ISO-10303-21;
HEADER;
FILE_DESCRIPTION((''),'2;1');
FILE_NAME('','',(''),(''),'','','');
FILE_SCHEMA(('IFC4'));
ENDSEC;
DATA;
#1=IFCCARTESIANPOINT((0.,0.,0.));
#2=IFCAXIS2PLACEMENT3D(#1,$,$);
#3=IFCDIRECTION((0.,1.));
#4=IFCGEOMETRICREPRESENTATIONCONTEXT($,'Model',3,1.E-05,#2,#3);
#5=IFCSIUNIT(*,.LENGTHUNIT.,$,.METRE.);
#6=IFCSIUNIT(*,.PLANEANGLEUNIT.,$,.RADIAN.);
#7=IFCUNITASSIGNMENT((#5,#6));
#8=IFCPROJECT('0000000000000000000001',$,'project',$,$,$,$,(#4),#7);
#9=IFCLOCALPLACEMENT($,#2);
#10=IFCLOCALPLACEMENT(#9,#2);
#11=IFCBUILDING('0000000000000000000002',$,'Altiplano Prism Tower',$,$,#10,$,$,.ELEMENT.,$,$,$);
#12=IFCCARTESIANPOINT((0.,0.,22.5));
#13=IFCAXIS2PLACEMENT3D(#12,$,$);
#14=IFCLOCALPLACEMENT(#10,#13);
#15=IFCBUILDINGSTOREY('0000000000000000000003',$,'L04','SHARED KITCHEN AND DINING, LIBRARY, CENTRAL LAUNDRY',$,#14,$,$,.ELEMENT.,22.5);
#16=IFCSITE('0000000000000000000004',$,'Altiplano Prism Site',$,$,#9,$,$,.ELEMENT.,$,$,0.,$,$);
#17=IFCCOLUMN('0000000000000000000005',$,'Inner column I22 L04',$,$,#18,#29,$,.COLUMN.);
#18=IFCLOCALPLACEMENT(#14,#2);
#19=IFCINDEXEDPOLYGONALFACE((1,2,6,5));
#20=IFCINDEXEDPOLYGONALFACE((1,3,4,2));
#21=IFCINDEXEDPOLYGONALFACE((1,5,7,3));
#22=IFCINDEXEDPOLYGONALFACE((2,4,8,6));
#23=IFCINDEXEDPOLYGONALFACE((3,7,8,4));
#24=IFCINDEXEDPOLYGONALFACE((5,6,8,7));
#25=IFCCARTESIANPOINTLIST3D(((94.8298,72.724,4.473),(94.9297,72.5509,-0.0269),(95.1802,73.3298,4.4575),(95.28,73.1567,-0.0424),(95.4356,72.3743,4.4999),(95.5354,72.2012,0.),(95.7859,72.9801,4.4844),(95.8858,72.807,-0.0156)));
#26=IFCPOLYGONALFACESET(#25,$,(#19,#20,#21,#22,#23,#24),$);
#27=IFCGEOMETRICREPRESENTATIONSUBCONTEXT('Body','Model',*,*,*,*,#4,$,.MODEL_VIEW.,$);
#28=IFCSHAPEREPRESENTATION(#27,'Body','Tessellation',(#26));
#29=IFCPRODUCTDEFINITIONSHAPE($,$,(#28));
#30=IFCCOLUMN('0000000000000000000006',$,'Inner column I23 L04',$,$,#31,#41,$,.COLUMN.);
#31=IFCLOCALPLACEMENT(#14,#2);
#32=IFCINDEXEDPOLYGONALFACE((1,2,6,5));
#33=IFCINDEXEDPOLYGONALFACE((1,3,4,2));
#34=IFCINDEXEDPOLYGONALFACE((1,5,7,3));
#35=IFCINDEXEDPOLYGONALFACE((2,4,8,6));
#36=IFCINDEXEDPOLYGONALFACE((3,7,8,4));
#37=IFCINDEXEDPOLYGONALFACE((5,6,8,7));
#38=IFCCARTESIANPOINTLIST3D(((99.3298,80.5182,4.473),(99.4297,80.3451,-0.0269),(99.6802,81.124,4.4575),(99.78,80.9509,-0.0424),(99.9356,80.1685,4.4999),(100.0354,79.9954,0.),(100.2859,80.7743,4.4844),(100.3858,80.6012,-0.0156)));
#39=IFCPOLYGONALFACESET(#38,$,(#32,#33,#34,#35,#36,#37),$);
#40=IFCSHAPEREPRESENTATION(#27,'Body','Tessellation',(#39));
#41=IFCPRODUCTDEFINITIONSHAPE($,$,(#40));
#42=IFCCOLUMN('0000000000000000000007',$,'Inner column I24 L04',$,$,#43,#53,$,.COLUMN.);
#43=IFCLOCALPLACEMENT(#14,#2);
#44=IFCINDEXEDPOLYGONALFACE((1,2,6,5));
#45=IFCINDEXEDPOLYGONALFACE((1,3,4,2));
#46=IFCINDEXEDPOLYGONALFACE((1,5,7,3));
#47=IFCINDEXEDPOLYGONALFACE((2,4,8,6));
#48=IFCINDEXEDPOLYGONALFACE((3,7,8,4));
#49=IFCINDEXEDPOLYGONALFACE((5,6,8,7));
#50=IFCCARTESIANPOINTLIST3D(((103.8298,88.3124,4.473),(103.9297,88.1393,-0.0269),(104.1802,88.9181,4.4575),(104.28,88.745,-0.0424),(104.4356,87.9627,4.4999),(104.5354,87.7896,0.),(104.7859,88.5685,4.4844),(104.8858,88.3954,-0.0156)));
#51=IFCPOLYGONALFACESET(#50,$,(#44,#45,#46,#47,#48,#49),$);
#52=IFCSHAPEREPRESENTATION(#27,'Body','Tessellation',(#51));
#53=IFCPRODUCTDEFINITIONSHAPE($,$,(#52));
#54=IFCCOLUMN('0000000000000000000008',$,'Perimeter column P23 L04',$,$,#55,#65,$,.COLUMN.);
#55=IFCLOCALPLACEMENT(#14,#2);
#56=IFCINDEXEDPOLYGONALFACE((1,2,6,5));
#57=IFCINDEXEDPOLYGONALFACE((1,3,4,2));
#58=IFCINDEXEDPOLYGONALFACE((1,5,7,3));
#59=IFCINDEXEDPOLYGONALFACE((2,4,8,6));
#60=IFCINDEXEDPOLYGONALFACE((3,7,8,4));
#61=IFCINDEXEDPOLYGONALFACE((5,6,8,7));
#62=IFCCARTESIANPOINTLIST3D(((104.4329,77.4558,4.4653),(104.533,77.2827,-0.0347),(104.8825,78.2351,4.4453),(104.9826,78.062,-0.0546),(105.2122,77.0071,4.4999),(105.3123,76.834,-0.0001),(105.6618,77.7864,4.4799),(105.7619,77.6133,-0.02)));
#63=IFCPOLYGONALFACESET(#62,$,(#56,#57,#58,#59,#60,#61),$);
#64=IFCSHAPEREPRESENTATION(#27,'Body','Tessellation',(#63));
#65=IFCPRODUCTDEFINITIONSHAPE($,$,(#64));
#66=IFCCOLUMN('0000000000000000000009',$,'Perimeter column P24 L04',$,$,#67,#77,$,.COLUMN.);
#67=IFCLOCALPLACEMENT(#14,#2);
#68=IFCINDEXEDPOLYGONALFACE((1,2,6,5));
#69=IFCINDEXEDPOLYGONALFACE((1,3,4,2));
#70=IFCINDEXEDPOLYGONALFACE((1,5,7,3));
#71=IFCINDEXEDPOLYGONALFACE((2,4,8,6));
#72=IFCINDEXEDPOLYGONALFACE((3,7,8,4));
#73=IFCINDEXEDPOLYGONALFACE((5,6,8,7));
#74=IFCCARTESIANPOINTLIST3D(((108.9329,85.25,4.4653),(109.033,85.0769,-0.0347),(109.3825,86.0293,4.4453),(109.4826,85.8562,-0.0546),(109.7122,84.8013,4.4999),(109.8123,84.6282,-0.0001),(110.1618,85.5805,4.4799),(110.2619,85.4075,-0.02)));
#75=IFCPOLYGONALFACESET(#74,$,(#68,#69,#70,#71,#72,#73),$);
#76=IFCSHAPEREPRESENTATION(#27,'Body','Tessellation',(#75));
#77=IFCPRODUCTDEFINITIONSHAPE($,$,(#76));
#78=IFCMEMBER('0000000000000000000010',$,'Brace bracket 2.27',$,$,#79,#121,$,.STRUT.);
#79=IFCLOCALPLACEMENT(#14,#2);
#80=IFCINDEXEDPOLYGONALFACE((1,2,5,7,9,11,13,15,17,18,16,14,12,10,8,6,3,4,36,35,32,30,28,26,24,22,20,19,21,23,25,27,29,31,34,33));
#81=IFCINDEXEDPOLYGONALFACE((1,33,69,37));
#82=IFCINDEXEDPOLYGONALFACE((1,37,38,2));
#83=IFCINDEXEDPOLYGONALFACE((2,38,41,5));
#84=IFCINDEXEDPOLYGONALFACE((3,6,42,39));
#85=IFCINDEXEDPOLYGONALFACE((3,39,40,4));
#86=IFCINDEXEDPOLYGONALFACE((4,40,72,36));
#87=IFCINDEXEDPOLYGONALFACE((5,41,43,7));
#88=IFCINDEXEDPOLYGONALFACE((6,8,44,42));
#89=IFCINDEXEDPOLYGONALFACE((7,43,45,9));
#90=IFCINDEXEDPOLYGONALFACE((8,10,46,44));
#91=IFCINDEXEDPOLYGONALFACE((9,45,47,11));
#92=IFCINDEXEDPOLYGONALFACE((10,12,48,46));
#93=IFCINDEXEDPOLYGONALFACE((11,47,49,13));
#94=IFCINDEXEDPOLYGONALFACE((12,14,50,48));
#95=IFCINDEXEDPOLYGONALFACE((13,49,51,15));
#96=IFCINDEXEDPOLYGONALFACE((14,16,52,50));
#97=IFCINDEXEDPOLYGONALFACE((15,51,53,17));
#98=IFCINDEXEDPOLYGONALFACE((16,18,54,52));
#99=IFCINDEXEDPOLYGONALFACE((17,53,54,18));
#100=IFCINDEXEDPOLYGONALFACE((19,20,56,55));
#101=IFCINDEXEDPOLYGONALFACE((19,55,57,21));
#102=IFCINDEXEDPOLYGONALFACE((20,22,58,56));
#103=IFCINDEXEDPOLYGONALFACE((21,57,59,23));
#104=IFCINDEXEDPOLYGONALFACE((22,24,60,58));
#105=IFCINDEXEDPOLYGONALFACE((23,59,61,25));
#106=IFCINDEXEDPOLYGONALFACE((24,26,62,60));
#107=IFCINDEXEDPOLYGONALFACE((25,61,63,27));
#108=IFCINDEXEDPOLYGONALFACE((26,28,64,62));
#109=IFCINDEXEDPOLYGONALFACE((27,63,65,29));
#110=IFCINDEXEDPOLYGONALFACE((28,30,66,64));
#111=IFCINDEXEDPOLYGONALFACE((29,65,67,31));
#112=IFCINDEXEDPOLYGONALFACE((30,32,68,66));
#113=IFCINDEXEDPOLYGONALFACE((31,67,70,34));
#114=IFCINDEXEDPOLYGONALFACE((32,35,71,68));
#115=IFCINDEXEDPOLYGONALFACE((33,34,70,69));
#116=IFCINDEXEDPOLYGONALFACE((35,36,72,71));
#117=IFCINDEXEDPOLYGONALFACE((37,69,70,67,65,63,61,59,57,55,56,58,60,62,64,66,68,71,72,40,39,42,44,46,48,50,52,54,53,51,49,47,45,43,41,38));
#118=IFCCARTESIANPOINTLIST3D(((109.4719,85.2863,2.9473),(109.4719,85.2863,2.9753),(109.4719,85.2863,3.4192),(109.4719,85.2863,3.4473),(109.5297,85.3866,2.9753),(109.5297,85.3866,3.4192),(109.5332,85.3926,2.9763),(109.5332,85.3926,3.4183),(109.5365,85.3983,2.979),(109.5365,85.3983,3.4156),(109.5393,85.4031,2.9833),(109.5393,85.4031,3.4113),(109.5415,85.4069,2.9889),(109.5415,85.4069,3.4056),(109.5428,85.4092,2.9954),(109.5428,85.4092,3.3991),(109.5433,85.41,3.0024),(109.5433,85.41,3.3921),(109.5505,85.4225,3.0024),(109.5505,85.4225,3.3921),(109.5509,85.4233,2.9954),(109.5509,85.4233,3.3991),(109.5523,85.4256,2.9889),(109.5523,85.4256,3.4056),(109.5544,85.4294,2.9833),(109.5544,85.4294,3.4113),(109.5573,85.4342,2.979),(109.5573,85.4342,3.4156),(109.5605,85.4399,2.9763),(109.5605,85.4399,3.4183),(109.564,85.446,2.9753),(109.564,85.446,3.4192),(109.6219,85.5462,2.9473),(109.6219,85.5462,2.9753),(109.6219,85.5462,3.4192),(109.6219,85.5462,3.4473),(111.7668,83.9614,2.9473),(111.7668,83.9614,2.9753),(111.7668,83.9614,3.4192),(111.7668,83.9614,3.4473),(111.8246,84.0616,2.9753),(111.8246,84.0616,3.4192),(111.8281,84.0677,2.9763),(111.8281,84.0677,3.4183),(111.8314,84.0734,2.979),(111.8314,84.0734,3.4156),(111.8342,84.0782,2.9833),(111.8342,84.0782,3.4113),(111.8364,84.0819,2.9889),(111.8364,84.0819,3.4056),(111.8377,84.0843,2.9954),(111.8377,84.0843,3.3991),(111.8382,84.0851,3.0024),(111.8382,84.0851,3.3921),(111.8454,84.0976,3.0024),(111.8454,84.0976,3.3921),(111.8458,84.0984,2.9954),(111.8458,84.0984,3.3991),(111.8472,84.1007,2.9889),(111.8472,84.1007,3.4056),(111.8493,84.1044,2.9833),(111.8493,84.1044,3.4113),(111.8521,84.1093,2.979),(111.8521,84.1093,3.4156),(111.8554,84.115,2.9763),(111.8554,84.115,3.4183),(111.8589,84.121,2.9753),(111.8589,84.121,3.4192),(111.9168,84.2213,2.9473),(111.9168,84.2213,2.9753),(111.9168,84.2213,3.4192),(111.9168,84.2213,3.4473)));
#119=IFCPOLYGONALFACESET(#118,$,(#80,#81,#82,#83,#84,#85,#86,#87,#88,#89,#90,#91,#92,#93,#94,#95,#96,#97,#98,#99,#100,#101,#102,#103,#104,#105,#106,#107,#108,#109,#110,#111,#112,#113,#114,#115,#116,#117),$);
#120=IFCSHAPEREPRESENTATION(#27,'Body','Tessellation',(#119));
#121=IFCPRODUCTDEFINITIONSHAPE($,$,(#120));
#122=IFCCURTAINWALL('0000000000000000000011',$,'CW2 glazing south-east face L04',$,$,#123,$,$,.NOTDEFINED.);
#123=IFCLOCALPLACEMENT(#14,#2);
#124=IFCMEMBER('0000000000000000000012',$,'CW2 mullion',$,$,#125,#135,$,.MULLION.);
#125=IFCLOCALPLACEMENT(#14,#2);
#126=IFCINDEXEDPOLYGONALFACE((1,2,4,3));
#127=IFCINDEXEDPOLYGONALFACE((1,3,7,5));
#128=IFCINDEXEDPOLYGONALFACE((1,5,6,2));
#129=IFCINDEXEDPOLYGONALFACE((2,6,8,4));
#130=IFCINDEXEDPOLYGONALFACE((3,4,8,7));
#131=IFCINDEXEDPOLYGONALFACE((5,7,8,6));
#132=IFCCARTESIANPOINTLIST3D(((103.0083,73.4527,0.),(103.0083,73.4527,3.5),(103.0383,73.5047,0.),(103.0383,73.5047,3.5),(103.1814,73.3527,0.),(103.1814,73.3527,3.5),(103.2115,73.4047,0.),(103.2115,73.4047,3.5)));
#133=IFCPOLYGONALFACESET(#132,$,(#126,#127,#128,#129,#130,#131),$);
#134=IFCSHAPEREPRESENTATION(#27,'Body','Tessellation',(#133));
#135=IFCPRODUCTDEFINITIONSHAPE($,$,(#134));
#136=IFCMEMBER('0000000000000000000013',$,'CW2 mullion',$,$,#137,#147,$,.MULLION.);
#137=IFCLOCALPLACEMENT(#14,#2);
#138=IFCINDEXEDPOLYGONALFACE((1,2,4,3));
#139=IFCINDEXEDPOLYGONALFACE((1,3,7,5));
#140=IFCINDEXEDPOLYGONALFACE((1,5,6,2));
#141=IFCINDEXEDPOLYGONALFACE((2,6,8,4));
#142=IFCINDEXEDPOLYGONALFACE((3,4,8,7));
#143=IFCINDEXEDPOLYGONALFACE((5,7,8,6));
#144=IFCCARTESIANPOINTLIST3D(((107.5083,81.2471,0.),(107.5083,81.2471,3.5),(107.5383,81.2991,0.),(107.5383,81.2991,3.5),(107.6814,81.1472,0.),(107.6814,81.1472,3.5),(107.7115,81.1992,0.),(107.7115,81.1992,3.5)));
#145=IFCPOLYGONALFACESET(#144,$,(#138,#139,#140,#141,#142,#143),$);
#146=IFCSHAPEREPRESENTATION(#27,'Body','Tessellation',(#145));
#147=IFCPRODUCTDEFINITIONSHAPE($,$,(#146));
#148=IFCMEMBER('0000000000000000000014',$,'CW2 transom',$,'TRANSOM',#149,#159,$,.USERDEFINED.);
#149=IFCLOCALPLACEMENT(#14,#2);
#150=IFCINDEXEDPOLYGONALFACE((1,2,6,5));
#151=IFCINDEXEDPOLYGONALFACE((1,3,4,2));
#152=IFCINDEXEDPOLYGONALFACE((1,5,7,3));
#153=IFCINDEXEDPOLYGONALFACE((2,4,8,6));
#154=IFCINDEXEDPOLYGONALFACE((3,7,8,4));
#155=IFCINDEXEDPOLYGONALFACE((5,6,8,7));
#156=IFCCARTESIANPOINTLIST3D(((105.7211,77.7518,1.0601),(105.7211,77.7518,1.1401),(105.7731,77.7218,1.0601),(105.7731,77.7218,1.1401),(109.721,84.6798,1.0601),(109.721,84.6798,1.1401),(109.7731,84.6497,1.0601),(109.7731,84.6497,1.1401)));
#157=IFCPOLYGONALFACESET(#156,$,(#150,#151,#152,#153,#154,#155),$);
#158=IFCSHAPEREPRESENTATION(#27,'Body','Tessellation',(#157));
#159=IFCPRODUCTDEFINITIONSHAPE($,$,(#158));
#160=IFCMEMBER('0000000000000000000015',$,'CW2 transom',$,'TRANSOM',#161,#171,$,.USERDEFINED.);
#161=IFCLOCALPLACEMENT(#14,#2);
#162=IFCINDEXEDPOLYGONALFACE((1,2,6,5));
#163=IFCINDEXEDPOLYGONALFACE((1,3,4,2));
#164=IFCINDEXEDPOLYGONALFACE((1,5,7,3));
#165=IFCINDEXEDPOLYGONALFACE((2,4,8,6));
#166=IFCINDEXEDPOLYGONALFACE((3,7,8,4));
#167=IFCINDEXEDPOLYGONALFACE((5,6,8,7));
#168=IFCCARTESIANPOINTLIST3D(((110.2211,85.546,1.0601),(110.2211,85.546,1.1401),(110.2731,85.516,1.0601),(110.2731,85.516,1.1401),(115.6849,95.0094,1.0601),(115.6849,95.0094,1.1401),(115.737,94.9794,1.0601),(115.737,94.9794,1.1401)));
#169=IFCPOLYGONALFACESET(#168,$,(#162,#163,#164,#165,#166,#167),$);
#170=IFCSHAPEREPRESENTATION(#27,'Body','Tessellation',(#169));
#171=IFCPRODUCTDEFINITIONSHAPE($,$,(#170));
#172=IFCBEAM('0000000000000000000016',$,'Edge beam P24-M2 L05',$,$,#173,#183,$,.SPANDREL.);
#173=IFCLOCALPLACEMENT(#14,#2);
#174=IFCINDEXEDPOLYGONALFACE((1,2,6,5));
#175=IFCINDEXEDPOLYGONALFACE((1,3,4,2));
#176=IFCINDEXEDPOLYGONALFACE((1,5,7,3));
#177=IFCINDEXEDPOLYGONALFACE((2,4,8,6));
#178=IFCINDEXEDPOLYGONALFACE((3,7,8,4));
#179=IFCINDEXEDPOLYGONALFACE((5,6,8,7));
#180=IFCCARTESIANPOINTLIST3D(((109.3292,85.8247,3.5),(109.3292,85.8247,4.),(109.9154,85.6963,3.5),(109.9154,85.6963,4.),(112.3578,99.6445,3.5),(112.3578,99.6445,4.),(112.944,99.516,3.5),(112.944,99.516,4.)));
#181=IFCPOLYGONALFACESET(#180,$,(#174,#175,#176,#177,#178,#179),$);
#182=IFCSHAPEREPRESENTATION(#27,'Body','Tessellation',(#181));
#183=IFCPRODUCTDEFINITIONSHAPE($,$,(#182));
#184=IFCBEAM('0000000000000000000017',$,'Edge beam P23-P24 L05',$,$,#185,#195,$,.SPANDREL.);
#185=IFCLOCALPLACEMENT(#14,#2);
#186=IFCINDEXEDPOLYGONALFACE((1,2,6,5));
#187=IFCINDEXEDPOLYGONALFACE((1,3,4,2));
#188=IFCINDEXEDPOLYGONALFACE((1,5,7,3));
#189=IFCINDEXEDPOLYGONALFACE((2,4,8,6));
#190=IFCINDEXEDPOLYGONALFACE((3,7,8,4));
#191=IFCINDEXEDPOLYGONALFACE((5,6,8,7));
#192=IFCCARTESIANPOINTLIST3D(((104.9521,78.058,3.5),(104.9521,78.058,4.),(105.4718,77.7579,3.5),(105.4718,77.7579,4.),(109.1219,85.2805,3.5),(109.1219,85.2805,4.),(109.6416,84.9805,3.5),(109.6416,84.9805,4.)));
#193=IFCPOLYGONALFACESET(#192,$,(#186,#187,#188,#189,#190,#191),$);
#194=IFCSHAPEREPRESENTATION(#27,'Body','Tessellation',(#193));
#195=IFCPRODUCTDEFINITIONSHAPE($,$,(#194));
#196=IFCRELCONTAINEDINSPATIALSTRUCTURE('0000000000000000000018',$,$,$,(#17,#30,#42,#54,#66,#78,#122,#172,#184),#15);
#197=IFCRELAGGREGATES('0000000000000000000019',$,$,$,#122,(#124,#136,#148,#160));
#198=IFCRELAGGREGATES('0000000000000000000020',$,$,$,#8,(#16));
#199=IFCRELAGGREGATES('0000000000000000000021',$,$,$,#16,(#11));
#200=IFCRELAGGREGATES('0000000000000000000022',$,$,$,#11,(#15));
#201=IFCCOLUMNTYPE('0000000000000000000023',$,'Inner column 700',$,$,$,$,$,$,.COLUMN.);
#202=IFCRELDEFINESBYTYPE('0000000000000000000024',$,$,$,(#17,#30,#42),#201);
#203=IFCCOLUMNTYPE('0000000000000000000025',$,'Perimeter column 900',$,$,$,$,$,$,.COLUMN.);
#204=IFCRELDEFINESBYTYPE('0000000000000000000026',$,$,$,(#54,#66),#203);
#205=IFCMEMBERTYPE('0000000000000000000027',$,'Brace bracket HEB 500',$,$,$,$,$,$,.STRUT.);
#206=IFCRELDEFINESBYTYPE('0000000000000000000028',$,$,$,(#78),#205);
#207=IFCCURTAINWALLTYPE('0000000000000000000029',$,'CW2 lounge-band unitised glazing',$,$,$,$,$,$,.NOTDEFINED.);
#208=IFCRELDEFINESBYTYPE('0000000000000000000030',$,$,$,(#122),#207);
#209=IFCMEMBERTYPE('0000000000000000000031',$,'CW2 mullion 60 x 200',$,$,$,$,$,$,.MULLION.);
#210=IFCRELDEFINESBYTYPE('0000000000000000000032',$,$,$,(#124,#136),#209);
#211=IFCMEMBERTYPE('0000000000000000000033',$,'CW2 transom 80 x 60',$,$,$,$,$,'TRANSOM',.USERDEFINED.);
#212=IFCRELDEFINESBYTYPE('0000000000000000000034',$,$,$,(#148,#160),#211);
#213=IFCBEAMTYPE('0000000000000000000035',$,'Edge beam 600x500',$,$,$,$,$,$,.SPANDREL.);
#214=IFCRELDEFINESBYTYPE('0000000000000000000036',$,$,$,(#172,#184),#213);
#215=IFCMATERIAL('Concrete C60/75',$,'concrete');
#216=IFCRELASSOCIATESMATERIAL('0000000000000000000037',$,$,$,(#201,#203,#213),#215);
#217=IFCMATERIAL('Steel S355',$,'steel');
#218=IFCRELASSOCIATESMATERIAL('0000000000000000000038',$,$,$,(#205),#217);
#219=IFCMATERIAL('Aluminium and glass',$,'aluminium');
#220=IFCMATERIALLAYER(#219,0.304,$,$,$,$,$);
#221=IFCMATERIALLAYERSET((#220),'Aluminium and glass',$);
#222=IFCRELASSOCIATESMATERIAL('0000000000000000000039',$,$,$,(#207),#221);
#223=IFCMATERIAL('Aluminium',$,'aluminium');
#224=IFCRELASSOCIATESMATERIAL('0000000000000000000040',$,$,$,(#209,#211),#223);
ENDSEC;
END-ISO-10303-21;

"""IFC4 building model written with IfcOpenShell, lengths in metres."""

from ifc_helpers import new_model, si_unit, direction, frame, origin, origin_2d, place, context, subcontext, project, spatial, rectangle, i_section, extrude, material, layer, layer_set, material_profile, profile_set, type_object, element, aggregate, save


model = new_model("IFC4")

# Units and contexts
model_context = context("Model", 3, precision=1e-05, world=origin(), true_north=direction((0.0, 1.0)))
body_context = subcontext(model_context, "Body", "Model", "MODEL_VIEW")
ifc_project = project(units=[si_unit("LENGTHUNIT", "METRE"), si_unit("PLANEANGLEUNIT", "RADIAN")], contexts=[model_context])

# Site, building, storey
site_placement = place(None, origin())
site = spatial("IfcSite", under=ifc_project, at=site_placement, Name="Altiplano Prism Site", CompositionType="ELEMENT", RefElevation=0.0)
building_placement = place(site_placement, origin())
building = spatial("IfcBuilding", under=site, at=building_placement, Name="Altiplano Prism Tower", CompositionType="ELEMENT")
storey_placement = place(building_placement, frame((0.0, 0.0, 22.5)))
storey = spatial("IfcBuildingStorey", under=building, at=storey_placement, Name="L04", Description="SHARED KITCHEN AND DINING, LIBRARY, CENTRAL LAUNDRY", CompositionType="ELEMENT", Elevation=22.5)

# Columns
ifc_material_1 = material(Name="Concrete C60/75", Category="concrete")
ifc_material_profile_1 = material_profile(ifc_material_1, rectangle(XDim=0.7, YDim=0.7, at=origin_2d()), Name="Inner column 700")
ifc_profile_set_1 = profile_set([ifc_material_profile_1], Name="Concrete C60/75")
column_type_1 = type_object("IfcColumnType", Name="Inner column 700", PredefinedType="COLUMN", material=ifc_profile_set_1)
for number, where, z_axis, x_axis, name in (
    (1, (95.4077, 72.679, -0.0212), (-0.022168, 0.038428, 0.999015), (-0.500558, -0.865419, 0.022182), "Inner column I22 L04"),
    (2, (99.9077, 80.4731, -0.0212), (-0.022168, 0.038428, 0.999015), (-0.50056, -0.865418, 0.022182), "Inner column I23 L04"),
    (3, (104.4077, 88.2673, -0.0212), (-0.022168, 0.038428, 0.999015), (-0.500558, -0.865419, 0.022182), "Inner column I24 L04"),
):
    element("IfcColumn", number, at=place(storey_placement, frame(where, z_axis=z_axis, x_axis=x_axis)), inside=storey, type_object=column_type_1, Name=name, PredefinedType="COLUMN", context=body_context, shape_type="SweptSolid", body=[
        extrude(rectangle(XDim=0.7, YDim=0.7, at=origin_2d()), origin(), (0.0, 0.0, 1.0), 4.5044),
    ])
ifc_material_profile_2 = material_profile(ifc_material_1, rectangle(XDim=0.8999, YDim=0.8999, at=origin_2d()), Name="Perimeter column 900")
ifc_profile_set_2 = profile_set([ifc_material_profile_2], Name="Concrete C60/75")
column_type_2 = type_object("IfcColumnType", Name="Perimeter column 900", PredefinedType="COLUMN", material=ifc_profile_set_2)
for number, where, z_axis, x_axis, name in (
    (4, (105.1475, 77.448, -0.0273), (-0.022222, 0.038428, 0.999014), (-0.499645, -0.865946, 0.022195), "Perimeter column P23 L04"),
    (5, (109.6475, 85.2422, -0.0273), (-0.022222, 0.038428, 0.999014), (-0.499643, -0.865947, 0.022195), "Perimeter column P24 L04"),
):
    element("IfcColumn", number, at=place(storey_placement, frame(where, z_axis=z_axis, x_axis=x_axis)), inside=storey, type_object=column_type_2, Name=name, PredefinedType="COLUMN", context=body_context, shape_type="SweptSolid", body=[
        extrude(rectangle(XDim=0.8999, YDim=0.8999, at=origin_2d()), origin(), (0.0, 0.0, 1.0), 4.5044),
    ])

# Member
ifc_material_2 = material(Name="Steel S355", Category="steel")
ifc_material_profile_3 = material_profile(ifc_material_2, i_section(OverallWidth=0.3, OverallDepth=0.5, WebThickness=0.0144, FlangeThickness=0.0281, FilletRadius=0.0271, at=origin_2d()), Name="Brace bracket HEB 500")
ifc_profile_set_3 = profile_set([ifc_material_profile_3], Name="Steel S355")
member_type_1 = type_object("IfcMemberType", Name="Brace bracket HEB 500", PredefinedType="STRUT", material=ifc_profile_set_3)
member_1_placement = place(storey_placement, frame((109.5469, 85.4163, 3.1973), z_axis=(0.866029, -0.499994, 0.0), x_axis=(0.499994, 0.866029, 0.0)))
element("IfcMember", 6, at=member_1_placement, inside=storey, type_object=member_type_1, Name="Brace bracket 2.27", PredefinedType="STRUT", context=body_context, shape_type="SweptSolid", body=[
    extrude(i_section(OverallWidth=0.3, OverallDepth=0.5, WebThickness=0.0144, FlangeThickness=0.0281, FilletRadius=0.0271, at=origin_2d()), origin(), (0.0, 0.0, 1.0), 2.6499),
])

# Curtain wall, members
ifc_material_3 = material(Name="Aluminium and glass", Category="aluminium")
ifc_layer_1 = layer(ifc_material_3, 0.304)
ifc_layer_set_1 = layer_set([ifc_layer_1], Name="Aluminium and glass")
curtain_wall_type = type_object("IfcCurtainWallType", Name="CW2 lounge-band unitised glazing", PredefinedType="NOTDEFINED", material=ifc_layer_set_1)
curtain_wall_placement = place(storey_placement, origin())
curtain_wall = element("IfcCurtainWall", 7, at=curtain_wall_placement, inside=storey, type_object=curtain_wall_type, Name="CW2 glazing south-east face L04", PredefinedType="NOTDEFINED")
ifc_material_4 = material(Name="Aluminium", Category="aluminium")
ifc_material_profile_4 = material_profile(ifc_material_4, rectangle(XDim=0.2, YDim=0.0601, at=origin_2d()), Name="CW2 mullion 60 x 200")
ifc_profile_set_4 = profile_set([ifc_material_profile_4], Name="Aluminium")
member_type_2 = type_object("IfcMemberType", Name="CW2 mullion 60 x 200", PredefinedType="MULLION", material=ifc_profile_set_4)
member_2_placement = place(storey_placement, frame((103.1099, 73.4287, 0.0), z_axis=(0.0, 0.0, 1.0), x_axis=(-0.866025, 0.5, 0.0)))
member_2 = element("IfcMember", 8, at=member_2_placement, type_object=member_type_2, Name="CW2 mullion", PredefinedType="MULLION", context=body_context, shape_type="SweptSolid", body=[
    extrude(rectangle(XDim=0.2, YDim=0.0601, at=origin_2d()), origin(), (0.0, 0.0, 1.0), 3.5),
])
member_3_placement = place(storey_placement, frame((107.6099, 81.2231, 0.0), z_axis=(0.0, 0.0, 1.0), x_axis=(-0.866025, 0.5, 0.0)))
member_3 = element("IfcMember", 9, at=member_3_placement, type_object=member_type_2, Name="CW2 mullion", PredefinedType="MULLION", context=body_context, shape_type="SweptSolid", body=[
    extrude(rectangle(XDim=0.2, YDim=0.0601, at=origin_2d()), origin(), (0.0, 0.0, 1.0), 3.5),
])
ifc_material_profile_5 = material_profile(ifc_material_4, rectangle(XDim=0.0601, YDim=0.0801, at=origin_2d()), Name="CW2 transom 80 x 60")
ifc_profile_set_5 = profile_set([ifc_material_profile_5], Name="Aluminium")
member_type_3 = type_object("IfcMemberType", Name="CW2 transom 80 x 60", ElementType="TRANSOM", PredefinedType="USERDEFINED", material=ifc_profile_set_5)
member_4_placement = place(storey_placement, frame((105.7471, 77.7368, 1.1001), z_axis=(0.500012, 0.866018, 0.0), x_axis=(-0.866018, 0.500012, 0.0)))
member_4 = element("IfcMember", 10, at=member_4_placement, type_object=member_type_3, Name="CW2 transom", ObjectType="TRANSOM", PredefinedType="USERDEFINED", context=body_context, shape_type="SweptSolid", body=[
    extrude(rectangle(XDim=0.0601, YDim=0.0801, at=origin_2d()), origin(), (0.0, 0.0, 1.0), 7.9998),
])
member_5_placement = place(storey_placement, frame((110.2471, 85.531, 1.1001), z_axis=(0.500013, 0.866018, 0.0), x_axis=(-0.866018, 0.500013, 0.0)))
member_5 = element("IfcMember", 11, at=member_5_placement, type_object=member_type_3, Name="CW2 transom", ObjectType="TRANSOM", PredefinedType="USERDEFINED", context=body_context, shape_type="SweptSolid", body=[
    extrude(rectangle(XDim=0.0601, YDim=0.0801, at=origin_2d()), origin(), (0.0, 0.0, 1.0), 10.9275),
])

# Beams
ifc_material_profile_6 = material_profile(ifc_material_1, rectangle(XDim=0.6001, YDim=0.5, at=origin_2d()), Name="Edge beam 600x500")
ifc_profile_set_6 = profile_set([ifc_material_profile_6], Name="Concrete C60/75")
beam_type_1 = type_object("IfcBeamType", Name="Edge beam 600x500", PredefinedType="SPANDREL", material=ifc_profile_set_6)
beam_1_placement = place(storey_placement, frame((109.6223, 85.7605, 3.75), z_axis=(0.214066, 0.976819, 0.0), x_axis=(-0.976819, 0.214066, 0.0)))
element("IfcBeam", 12, at=beam_1_placement, inside=storey, type_object=beam_type_1, Name="Edge beam P24-M2 L05", PredefinedType="SPANDREL", context=body_context, shape_type="SweptSolid", body=[
    extrude(rectangle(XDim=0.6001, YDim=0.5, at=origin_2d()), origin(), (0.0, 0.0, 1.0), 14.1477),
])
beam_2_placement = place(storey_placement, frame((105.2119, 77.908, 3.75), z_axis=(0.499993, 0.86603, 0.0), x_axis=(-0.86603, 0.499993, 0.0)))
element("IfcBeam", 13, at=beam_2_placement, inside=storey, type_object=beam_type_1, Name="Edge beam P23-P24 L05", PredefinedType="SPANDREL", context=body_context, shape_type="SweptSolid", body=[
    extrude(rectangle(XDim=0.6001, YDim=0.5, at=origin_2d()), origin(), (0.0, 0.0, 1.0), 8.3398),
])

aggregate(curtain_wall, [member_2, member_3, member_4, member_5])

save(model, "model.ifc")
